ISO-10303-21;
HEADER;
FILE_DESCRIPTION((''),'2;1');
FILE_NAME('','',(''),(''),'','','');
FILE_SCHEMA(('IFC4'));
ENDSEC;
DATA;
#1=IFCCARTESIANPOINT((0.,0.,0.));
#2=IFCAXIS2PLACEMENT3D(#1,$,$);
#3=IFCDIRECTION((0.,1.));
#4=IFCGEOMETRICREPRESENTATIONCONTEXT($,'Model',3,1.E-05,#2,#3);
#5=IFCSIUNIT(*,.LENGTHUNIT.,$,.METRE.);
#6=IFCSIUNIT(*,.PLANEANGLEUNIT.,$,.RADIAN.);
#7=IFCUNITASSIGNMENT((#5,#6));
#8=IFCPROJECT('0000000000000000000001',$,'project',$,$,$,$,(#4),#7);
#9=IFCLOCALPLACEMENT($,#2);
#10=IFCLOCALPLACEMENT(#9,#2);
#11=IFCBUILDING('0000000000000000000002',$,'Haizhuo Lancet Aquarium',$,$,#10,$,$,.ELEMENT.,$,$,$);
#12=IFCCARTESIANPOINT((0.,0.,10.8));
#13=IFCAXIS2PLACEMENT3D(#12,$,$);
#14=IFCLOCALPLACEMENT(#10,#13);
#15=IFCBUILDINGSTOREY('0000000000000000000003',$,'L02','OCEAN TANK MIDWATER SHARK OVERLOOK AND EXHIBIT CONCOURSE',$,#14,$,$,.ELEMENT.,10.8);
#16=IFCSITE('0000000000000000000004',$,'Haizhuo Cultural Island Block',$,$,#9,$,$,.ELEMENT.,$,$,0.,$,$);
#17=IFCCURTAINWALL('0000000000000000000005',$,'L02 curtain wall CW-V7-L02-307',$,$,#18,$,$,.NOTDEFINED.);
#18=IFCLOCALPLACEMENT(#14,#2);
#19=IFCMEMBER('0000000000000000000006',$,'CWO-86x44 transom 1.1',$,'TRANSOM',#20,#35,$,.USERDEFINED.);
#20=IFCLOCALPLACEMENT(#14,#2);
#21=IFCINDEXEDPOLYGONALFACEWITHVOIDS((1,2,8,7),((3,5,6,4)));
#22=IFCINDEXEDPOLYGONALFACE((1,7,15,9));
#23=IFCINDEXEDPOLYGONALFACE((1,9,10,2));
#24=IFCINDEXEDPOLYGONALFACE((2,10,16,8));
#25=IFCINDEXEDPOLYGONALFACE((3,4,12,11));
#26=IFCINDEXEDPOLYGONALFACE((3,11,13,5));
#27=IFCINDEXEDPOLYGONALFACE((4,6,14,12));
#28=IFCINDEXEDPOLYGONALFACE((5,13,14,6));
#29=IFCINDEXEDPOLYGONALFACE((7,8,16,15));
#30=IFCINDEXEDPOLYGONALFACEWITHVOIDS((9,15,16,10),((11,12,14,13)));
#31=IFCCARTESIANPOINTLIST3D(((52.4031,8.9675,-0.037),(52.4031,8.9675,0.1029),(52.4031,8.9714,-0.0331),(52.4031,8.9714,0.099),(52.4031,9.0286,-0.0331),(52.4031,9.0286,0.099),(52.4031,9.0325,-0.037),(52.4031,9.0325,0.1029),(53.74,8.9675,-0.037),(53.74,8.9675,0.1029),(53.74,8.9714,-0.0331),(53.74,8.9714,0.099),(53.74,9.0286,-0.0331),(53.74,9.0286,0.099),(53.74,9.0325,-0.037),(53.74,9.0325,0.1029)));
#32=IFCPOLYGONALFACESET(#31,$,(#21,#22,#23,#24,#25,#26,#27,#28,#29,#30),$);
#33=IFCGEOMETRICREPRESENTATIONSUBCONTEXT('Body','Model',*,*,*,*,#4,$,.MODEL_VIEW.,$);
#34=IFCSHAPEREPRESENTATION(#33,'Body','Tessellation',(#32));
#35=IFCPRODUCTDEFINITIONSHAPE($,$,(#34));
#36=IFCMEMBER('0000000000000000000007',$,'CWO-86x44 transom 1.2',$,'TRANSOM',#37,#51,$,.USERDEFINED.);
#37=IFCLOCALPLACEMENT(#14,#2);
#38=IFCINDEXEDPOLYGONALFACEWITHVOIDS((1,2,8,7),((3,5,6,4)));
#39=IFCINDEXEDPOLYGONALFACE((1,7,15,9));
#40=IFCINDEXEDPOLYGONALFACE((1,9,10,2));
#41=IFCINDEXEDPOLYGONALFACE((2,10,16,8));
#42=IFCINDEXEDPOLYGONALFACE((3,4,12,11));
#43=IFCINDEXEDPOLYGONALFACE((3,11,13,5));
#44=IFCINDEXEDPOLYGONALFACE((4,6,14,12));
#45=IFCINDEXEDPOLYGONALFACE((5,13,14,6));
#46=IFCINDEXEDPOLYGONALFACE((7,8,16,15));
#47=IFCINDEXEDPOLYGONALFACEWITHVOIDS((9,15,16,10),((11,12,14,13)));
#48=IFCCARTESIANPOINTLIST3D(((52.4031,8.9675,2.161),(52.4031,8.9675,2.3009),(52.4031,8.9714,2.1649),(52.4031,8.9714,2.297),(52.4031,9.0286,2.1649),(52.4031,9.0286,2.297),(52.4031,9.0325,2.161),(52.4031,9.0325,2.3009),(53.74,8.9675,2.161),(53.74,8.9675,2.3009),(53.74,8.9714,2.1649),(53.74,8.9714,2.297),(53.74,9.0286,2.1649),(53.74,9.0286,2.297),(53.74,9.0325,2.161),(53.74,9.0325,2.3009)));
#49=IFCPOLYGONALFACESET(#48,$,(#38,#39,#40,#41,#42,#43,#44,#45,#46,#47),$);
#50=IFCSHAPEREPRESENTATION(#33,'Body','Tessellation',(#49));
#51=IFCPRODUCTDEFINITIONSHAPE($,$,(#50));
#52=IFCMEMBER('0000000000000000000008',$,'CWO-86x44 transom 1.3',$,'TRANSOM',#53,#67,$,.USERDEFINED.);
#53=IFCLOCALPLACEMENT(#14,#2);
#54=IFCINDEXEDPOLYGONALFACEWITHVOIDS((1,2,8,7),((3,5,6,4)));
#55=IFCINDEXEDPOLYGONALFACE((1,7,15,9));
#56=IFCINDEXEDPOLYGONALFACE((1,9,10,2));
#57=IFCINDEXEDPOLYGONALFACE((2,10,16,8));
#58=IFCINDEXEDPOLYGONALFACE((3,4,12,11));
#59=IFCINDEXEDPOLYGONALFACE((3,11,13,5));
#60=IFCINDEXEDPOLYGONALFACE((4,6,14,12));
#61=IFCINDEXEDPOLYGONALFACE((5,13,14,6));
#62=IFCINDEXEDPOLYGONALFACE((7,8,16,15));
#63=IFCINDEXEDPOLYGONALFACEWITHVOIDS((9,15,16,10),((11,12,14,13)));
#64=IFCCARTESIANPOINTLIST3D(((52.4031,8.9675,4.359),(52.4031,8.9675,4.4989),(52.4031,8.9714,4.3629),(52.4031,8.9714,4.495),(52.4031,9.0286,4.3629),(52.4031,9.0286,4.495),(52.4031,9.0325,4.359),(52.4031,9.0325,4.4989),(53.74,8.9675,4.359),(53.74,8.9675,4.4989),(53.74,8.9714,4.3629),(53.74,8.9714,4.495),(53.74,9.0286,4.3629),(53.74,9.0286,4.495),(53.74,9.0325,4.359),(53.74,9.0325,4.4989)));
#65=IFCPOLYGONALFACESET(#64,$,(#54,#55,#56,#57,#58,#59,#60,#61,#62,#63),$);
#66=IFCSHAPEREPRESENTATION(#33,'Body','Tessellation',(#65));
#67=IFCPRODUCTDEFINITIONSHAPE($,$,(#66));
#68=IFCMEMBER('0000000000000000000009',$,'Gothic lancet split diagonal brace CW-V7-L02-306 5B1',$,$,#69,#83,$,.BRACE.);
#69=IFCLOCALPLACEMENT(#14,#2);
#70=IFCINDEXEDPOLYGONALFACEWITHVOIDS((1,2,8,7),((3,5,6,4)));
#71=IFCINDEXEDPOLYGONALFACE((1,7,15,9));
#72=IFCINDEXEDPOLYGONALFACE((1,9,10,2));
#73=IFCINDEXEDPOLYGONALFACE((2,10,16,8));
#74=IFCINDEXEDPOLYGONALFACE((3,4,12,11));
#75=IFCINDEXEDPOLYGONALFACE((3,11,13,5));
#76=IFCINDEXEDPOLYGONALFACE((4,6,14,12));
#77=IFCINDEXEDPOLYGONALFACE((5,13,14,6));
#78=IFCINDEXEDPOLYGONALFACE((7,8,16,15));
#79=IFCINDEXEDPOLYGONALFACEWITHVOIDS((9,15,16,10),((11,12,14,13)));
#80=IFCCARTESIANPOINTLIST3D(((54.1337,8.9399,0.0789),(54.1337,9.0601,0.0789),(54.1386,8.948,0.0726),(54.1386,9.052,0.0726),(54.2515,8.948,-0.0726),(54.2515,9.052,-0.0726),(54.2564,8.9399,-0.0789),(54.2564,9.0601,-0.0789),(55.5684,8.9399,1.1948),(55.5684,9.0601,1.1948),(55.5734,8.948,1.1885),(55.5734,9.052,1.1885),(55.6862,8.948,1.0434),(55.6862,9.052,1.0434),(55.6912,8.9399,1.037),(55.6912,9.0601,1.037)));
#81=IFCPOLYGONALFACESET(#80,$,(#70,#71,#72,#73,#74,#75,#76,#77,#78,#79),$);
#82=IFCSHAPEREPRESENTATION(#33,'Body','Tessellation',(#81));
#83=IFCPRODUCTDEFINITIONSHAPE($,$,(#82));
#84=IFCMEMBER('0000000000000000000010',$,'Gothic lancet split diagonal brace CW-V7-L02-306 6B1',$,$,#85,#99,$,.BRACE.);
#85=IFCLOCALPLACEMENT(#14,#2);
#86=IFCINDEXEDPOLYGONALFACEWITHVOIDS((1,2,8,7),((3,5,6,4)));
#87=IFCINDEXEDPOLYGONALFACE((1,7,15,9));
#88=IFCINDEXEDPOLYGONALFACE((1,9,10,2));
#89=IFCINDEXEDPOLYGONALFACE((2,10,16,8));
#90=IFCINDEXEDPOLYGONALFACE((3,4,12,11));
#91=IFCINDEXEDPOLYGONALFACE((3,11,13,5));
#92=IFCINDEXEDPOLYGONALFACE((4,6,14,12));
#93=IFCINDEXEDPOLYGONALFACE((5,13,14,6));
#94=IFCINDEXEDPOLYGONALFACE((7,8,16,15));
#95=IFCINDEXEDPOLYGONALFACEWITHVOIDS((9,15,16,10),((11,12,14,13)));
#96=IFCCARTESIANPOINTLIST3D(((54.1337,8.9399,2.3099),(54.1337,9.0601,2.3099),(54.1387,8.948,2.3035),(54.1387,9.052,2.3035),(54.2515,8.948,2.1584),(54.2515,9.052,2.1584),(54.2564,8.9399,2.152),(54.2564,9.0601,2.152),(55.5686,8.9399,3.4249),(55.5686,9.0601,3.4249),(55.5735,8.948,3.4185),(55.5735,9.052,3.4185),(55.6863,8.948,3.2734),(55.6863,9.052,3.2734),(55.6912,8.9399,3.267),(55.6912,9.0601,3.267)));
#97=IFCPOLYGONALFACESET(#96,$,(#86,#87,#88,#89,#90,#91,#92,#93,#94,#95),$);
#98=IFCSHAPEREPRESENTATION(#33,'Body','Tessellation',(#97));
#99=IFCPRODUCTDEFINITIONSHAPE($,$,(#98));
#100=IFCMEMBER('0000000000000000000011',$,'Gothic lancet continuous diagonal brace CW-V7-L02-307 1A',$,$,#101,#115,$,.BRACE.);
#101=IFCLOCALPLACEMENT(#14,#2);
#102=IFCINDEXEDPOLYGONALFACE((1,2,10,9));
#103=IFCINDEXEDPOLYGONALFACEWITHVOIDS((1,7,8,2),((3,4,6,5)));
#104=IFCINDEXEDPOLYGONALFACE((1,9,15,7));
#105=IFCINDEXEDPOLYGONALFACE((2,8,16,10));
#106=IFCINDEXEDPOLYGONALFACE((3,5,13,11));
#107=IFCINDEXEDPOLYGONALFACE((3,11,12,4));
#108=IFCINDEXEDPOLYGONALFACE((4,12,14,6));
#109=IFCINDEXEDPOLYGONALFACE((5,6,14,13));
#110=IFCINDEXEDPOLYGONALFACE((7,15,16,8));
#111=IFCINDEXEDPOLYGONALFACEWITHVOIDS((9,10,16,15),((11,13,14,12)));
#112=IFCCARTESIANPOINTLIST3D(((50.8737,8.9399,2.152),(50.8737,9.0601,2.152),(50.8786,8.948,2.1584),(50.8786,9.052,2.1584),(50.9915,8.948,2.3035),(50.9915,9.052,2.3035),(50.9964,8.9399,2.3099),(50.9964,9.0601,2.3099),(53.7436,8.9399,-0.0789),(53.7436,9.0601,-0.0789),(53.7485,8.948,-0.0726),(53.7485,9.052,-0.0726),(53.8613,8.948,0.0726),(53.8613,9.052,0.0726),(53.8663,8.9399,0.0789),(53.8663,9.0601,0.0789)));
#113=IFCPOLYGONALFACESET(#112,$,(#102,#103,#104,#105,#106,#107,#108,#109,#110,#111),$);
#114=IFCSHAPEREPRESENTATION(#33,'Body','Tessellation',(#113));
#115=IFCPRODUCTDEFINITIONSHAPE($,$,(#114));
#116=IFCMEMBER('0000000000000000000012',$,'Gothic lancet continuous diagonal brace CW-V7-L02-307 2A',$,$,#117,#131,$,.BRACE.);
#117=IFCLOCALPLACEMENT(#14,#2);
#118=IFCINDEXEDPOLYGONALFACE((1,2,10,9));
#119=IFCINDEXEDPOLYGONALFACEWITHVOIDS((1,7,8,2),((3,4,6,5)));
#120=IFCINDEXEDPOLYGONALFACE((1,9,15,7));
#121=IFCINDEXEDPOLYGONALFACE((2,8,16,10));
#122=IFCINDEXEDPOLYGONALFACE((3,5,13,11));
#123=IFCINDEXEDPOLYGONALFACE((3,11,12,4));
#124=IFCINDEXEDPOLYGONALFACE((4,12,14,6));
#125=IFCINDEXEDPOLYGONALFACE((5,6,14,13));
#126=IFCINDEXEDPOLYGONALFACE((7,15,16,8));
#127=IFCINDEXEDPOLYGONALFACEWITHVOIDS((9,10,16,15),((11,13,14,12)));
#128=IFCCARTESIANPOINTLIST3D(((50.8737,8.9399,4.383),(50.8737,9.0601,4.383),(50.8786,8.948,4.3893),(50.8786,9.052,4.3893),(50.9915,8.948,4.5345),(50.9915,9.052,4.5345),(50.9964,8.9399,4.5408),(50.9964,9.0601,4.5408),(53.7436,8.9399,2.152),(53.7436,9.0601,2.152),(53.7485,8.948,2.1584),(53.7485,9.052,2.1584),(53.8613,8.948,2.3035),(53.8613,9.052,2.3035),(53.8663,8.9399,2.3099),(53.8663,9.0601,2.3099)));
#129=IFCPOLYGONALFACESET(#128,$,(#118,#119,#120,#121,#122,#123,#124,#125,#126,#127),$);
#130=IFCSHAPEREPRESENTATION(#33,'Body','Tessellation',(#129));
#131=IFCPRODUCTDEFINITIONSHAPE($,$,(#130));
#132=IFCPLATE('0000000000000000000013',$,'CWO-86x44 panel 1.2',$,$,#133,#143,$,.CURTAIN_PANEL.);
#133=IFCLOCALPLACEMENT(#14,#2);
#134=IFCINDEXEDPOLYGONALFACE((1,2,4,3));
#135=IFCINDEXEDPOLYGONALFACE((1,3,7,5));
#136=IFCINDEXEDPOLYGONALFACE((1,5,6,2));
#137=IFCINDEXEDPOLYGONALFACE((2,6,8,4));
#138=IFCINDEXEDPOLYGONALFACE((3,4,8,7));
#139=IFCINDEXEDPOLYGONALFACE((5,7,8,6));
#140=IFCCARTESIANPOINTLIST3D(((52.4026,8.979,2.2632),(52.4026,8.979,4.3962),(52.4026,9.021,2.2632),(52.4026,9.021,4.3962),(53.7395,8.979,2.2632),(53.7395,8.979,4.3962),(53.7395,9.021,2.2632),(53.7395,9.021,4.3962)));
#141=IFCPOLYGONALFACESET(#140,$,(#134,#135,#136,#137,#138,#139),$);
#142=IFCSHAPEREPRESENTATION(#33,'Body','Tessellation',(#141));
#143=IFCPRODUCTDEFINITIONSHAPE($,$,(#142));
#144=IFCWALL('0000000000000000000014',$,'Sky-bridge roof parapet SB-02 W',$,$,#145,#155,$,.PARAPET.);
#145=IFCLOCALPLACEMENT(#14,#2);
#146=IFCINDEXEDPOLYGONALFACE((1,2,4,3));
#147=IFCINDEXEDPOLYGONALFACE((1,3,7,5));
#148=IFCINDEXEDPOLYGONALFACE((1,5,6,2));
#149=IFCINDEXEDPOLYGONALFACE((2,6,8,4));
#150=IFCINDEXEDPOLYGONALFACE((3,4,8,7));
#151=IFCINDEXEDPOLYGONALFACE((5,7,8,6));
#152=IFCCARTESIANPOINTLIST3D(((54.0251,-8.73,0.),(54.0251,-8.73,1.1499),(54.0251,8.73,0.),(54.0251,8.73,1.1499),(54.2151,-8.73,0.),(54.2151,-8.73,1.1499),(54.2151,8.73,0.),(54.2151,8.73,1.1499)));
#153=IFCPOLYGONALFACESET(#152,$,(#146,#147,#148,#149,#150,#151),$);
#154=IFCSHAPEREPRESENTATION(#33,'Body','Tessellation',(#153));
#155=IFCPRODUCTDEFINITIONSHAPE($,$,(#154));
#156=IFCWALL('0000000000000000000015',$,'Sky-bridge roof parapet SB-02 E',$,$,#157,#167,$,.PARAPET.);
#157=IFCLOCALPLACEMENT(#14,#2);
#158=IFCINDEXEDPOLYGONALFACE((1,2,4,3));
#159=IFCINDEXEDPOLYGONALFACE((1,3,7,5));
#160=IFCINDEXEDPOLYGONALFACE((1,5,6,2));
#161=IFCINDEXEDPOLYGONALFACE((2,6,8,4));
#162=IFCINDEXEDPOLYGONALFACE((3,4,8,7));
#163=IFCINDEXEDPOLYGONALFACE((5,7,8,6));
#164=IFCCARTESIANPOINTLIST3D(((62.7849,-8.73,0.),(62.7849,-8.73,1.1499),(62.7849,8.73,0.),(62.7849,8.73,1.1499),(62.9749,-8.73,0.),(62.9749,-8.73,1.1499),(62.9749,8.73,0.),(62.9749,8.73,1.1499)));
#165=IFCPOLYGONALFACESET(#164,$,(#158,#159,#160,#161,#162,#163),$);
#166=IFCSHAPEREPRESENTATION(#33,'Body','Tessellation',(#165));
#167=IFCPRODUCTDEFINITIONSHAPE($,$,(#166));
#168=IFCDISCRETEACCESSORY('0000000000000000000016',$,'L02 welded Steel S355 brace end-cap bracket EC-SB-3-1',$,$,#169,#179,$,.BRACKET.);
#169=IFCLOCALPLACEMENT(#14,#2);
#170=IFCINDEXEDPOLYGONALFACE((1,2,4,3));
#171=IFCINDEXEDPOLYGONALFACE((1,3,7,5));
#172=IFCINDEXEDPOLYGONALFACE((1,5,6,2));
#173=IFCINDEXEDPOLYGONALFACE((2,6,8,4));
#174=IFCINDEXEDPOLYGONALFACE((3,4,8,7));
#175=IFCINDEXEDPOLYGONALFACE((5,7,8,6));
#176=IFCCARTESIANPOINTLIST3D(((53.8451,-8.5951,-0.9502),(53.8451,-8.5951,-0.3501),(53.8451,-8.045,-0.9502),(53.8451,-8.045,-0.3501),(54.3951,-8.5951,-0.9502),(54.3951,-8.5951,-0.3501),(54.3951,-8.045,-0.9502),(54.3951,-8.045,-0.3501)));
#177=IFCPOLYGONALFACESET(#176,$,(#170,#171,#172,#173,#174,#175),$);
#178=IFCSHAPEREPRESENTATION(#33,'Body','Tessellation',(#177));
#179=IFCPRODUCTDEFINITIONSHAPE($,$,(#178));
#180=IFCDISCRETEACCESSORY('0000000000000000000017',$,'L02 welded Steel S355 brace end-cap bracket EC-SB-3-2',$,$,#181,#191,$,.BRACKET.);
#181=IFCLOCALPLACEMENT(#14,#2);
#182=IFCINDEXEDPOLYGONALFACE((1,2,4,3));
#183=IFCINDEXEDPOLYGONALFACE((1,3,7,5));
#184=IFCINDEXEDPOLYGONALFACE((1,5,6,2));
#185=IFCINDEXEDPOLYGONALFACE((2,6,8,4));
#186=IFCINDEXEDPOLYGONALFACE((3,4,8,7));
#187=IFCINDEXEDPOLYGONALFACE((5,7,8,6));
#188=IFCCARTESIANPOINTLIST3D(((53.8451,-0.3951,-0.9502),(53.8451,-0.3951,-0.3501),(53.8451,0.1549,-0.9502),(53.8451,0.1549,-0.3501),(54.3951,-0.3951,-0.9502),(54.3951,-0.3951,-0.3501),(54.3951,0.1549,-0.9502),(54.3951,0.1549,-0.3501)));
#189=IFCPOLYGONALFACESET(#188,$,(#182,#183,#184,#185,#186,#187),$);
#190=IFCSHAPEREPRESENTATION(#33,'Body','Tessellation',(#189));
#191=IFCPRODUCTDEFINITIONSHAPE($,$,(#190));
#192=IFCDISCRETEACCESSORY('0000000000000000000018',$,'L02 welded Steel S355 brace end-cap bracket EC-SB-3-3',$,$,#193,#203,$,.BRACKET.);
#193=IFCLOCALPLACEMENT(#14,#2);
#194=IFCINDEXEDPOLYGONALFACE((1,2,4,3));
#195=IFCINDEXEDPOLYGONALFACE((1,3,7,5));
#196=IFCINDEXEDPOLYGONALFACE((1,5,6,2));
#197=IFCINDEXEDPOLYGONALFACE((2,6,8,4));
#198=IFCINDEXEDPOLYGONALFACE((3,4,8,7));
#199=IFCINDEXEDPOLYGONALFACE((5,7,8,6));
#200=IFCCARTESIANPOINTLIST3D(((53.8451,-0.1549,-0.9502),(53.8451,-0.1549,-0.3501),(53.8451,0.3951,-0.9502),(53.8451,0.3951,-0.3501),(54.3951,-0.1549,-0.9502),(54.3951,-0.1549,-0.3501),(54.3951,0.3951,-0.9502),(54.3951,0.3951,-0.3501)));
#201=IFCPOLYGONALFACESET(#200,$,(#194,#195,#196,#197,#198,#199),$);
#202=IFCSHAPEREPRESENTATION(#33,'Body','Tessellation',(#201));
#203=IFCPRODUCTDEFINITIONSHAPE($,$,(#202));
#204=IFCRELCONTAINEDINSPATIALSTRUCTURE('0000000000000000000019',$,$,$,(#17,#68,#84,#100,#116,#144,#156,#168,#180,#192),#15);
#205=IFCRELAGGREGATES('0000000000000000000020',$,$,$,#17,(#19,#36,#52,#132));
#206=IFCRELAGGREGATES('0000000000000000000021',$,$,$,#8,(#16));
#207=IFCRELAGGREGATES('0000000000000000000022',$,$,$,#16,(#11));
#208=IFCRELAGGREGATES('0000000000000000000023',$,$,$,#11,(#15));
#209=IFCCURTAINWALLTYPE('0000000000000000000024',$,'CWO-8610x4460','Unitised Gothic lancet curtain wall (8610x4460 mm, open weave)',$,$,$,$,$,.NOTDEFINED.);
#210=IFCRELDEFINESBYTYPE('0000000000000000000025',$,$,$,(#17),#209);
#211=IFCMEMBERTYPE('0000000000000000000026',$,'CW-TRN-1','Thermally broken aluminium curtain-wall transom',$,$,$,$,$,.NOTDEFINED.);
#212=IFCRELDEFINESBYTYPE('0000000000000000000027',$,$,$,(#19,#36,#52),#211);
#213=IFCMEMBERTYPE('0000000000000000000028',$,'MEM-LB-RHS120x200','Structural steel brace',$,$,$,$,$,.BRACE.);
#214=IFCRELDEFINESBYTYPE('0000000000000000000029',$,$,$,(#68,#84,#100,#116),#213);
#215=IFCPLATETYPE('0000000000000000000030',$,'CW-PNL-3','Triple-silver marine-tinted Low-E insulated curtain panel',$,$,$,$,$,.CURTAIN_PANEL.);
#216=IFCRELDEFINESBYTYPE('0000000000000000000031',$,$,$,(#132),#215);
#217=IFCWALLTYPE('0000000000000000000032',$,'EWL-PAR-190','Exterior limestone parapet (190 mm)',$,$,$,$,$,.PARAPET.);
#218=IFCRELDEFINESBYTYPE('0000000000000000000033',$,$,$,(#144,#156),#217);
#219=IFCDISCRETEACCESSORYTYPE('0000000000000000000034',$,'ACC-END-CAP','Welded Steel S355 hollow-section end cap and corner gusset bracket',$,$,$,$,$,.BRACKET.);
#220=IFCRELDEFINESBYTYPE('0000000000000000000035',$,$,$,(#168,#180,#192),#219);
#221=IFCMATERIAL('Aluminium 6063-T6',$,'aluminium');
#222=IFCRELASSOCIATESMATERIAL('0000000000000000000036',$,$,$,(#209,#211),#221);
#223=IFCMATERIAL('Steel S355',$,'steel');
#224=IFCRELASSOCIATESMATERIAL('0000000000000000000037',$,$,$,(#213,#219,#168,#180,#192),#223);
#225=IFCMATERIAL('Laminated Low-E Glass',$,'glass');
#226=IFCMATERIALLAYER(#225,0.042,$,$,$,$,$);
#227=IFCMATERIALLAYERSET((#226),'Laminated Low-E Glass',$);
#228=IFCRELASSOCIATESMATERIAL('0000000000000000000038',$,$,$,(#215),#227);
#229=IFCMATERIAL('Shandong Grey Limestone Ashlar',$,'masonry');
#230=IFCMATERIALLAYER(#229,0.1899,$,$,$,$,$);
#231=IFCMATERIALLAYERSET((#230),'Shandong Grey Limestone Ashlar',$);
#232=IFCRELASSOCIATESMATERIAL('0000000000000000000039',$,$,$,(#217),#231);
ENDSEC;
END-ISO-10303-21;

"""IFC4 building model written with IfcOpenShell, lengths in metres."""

from ifc_helpers import new_model, si_unit, direction, frame, frame_2d, origin, origin_2d, place, context, subcontext, project, spatial, rectangle, hollow_rectangle, extrude, material, layer, layer_set, material_profile, profile_set, type_object, element, aggregate, save


model = new_model("IFC4")

# Units and contexts
model_context = context("Model", 3, precision=1e-05, world=origin(), true_north=direction((0.0, 1.0)))
body_context = subcontext(model_context, "Body", "Model", "MODEL_VIEW")
ifc_project = project(units=[si_unit("LENGTHUNIT", "METRE"), si_unit("PLANEANGLEUNIT", "RADIAN")], contexts=[model_context])

# Site, building, storey
site_placement = place(None, origin())
site = spatial("IfcSite", under=ifc_project, at=site_placement, Name="Haizhuo Cultural Island Block", CompositionType="ELEMENT", RefElevation=0.0)
building_placement = place(site_placement, origin())
building = spatial("IfcBuilding", under=site, at=building_placement, Name="Haizhuo Lancet Aquarium", CompositionType="ELEMENT")
storey_placement = place(building_placement, frame((0.0, 0.0, 10.8)))
storey = spatial("IfcBuildingStorey", under=building, at=storey_placement, Name="L02", Description="OCEAN TANK MIDWATER SHARK OVERLOOK AND EXHIBIT CONCOURSE", CompositionType="ELEMENT", Elevation=10.8)

# Shared definitions
ifc_material_1 = material(Name="Steel S355", Category="steel")

# Curtain wall
ifc_material_2 = material(Name="Aluminium 6063-T6", Category="aluminium")
curtain_wall_type = type_object("IfcCurtainWallType", Name="CWO-8610x4460", Description="Unitised Gothic lancet curtain wall (8610x4460 mm, open weave)", PredefinedType="NOTDEFINED", material=ifc_material_2)
curtain_wall_1_placement = place(storey_placement, origin())
curtain_wall_1 = element("IfcCurtainWall", 1, at=curtain_wall_1_placement, inside=storey, type_object=curtain_wall_type, Name="L02 curtain wall CW-V7-L02-307", PredefinedType="NOTDEFINED")

# Members
ifc_material_profile_1 = material_profile(ifc_material_2, hollow_rectangle(XDim=0.0649, YDim=0.1399, WallThickness=0.0039, at=origin_2d()), Name="ALU-T 65x140x4")
ifc_profile_set_1 = profile_set([ifc_material_profile_1], Name="Aluminium 6063-T6")
member_type_1 = type_object("IfcMemberType", Name="CW-TRN-1", Description="Thermally broken aluminium curtain-wall transom", PredefinedType="NOTDEFINED", material=ifc_profile_set_1)
member_1_placement = place(storey_placement, frame((53.74, 9.0, 0.033), z_axis=(-1.0, 0.0, 0.0), x_axis=(0.0, -1.0, 0.0)))
member_1 = element("IfcMember", 2, at=member_1_placement, type_object=member_type_1, Name="CWO-86x44 transom 1.1", ObjectType="TRANSOM", PredefinedType="USERDEFINED", context=body_context, shape_type="SweptSolid", body=[
    extrude(hollow_rectangle(XDim=0.0649, YDim=0.1399, WallThickness=0.0039, at=origin_2d()), origin(), (0.0, 0.0, 1.0), 1.3369),
])
member_2_placement = place(storey_placement, frame((53.74, 9.0, 2.231), z_axis=(-1.0, 0.0, 0.0), x_axis=(0.0, -1.0, 0.0)))
member_2 = element("IfcMember", 3, at=member_2_placement, type_object=member_type_1, Name="CWO-86x44 transom 1.2", ObjectType="TRANSOM", PredefinedType="USERDEFINED", context=body_context, shape_type="SweptSolid", body=[
    extrude(hollow_rectangle(XDim=0.0649, YDim=0.1399, WallThickness=0.0039, at=origin_2d()), origin(), (0.0, 0.0, 1.0), 1.3369),
])
member_3_placement = place(storey_placement, frame((53.74, 9.0, 4.429), z_axis=(-1.0, 0.0, 0.0), x_axis=(0.0, -1.0, 0.0)))
member_3 = element("IfcMember", 4, at=member_3_placement, type_object=member_type_1, Name="CWO-86x44 transom 1.3", ObjectType="TRANSOM", PredefinedType="USERDEFINED", context=body_context, shape_type="SweptSolid", body=[
    extrude(hollow_rectangle(XDim=0.0649, YDim=0.1399, WallThickness=0.0039, at=origin_2d()), origin(), (0.0, 0.0, 1.0), 1.3369),
])

# Members
ifc_material_profile_2 = material_profile(ifc_material_1, hollow_rectangle(XDim=0.1201, YDim=0.2, WallThickness=0.0081, at=origin_2d()), Name="RHS 120x200x8")
ifc_profile_set_2 = profile_set([ifc_material_profile_2], Name="Steel S355")
member_type_2 = type_object("IfcMemberType", Name="MEM-LB-RHS120x200", Description="Structural steel brace", PredefinedType="BRACE", material=ifc_profile_set_2)
member_4_placement = place(storey_placement, frame((54.1951, 9.0, 0.0), z_axis=(0.789352, 0.0, 0.613941), x_axis=(0.0, 1.0, 0.0)))
element("IfcMember", 5, at=member_4_placement, inside=storey, type_object=member_type_2, Name="Gothic lancet split diagonal brace CW-V7-L02-306 5B1", PredefinedType="BRACE", context=body_context, shape_type="SweptSolid", body=[
    extrude(hollow_rectangle(XDim=0.1201, YDim=0.2, WallThickness=0.0081, at=origin_2d()), origin(), (0.0, 0.0, 1.0), 1.8176),
])
member_5_placement = place(storey_placement, frame((54.1951, 9.0, 2.231), z_axis=(0.789613, 0.0, 0.613606), x_axis=(0.0, 1.0, 0.0)))
element("IfcMember", 6, at=member_5_placement, inside=storey, type_object=member_type_2, Name="Gothic lancet split diagonal brace CW-V7-L02-306 6B1", PredefinedType="BRACE", context=body_context, shape_type="SweptSolid", body=[
    extrude(hollow_rectangle(XDim=0.1201, YDim=0.2, WallThickness=0.0081, at=origin_2d()), origin(), (0.0, 0.0, 1.0), 1.8171),
])
for number, where, z_axis, x_axis, name in (
    (7, (53.8049, 9.0, 0.0), (-0.789508, 0.0, 0.613741), (0.0, -1.0, 0.0), "Gothic lancet continuous diagonal brace CW-V7-L02-307 1A"),
    (8, (53.8049, 9.0, 2.231), (-0.789508, 0.0, 0.613741), (0.0, -1.0, 0.0), "Gothic lancet continuous diagonal brace CW-V7-L02-307 2A"),
):
    element("IfcMember", number, at=place(storey_placement, frame(where, z_axis=z_axis, x_axis=x_axis)), inside=storey, type_object=member_type_2, Name=name, PredefinedType="BRACE", context=body_context, shape_type="SweptSolid", body=[
        extrude(hollow_rectangle(XDim=0.1201, YDim=0.2, WallThickness=0.0081, at=origin_2d()), origin(), (0.0, 0.0, 1.0), 3.635),
    ])

# Plate
ifc_material_3 = material(Name="Laminated Low-E Glass", Category="glass")
ifc_layer_1 = layer(ifc_material_3, 0.042)
ifc_layer_set_1 = layer_set([ifc_layer_1], Name="Laminated Low-E Glass")
plate_type = type_object("IfcPlateType", Name="CW-PNL-3", Description="Triple-silver marine-tinted Low-E insulated curtain panel", PredefinedType="CURTAIN_PANEL", material=ifc_layer_set_1)
plate_placement = place(storey_placement, frame((53.071, 9.0, 2.2632), z_axis=(0.0, 0.0, 1.0), x_axis=(-1.0, 0.0, 0.0)))
plate = element("IfcPlate", 9, at=plate_placement, type_object=plate_type, Name="CWO-86x44 panel 1.2", PredefinedType="CURTAIN_PANEL", context=body_context, shape_type="SweptSolid", body=[
    extrude(rectangle(XDim=1.3369, YDim=0.042, at=origin_2d()), origin(), (0.0, 0.0, 1.0), 2.1331),
])
aggregate(curtain_wall_1, [member_1, member_2, member_3, plate])

# Walls
ifc_material_4 = material(Name="Shandong Grey Limestone Ashlar", Category="masonry")
ifc_layer_2 = layer(ifc_material_4, 0.1899)
ifc_layer_set_2 = layer_set([ifc_layer_2], Name="Shandong Grey Limestone Ashlar")
wall_type = type_object("IfcWallType", Name="EWL-PAR-190", Description="Exterior limestone parapet (190 mm)", PredefinedType="PARAPET", material=ifc_layer_set_2)
for number, where, z_axis, x_axis, name in (
    (10, (54.1201, -8.73, 0.0), (0.0, 0.0, 1.0), (0.0, 1.0, 0.0), "Sky-bridge roof parapet SB-02 W"),
    (11, (62.8799, -8.73, 0.0), (0.0, 0.0, 1.0), (0.0, 1.0, 0.0), "Sky-bridge roof parapet SB-02 E"),
):
    element("IfcWall", number, at=place(storey_placement, frame(where, z_axis=z_axis, x_axis=x_axis)), inside=storey, type_object=wall_type, Name=name, PredefinedType="PARAPET", context=body_context, shape_type="SweptSolid", body=[
        extrude(rectangle(XDim=17.46, YDim=0.1899, at=frame_2d((8.73, 0.0))), origin(), (0.0, 0.0, 1.0), 1.1499),
    ])

# Discrete accessories
discrete_accessory_type = type_object("IfcDiscreteAccessoryType", Name="ACC-END-CAP", Description="Welded Steel S355 hollow-section end cap and corner gusset bracket", PredefinedType="BRACKET", material=ifc_material_1)
for number, where, z_axis, x_axis, name in (
    (12, (54.1201, -8.3201, -0.9502), (0.0, 0.0, 1.0), (1.0, 0.0, 0.0), "L02 welded Steel S355 brace end-cap bracket EC-SB-3-1"),
    (13, (54.1201, -0.1201, -0.9502), (0.0, 0.0, 1.0), (1.0, 0.0, 0.0), "L02 welded Steel S355 brace end-cap bracket EC-SB-3-2"),
    (14, (54.1201, 0.1201, -0.9502), (0.0, 0.0, 1.0), (1.0, 0.0, 0.0), "L02 welded Steel S355 brace end-cap bracket EC-SB-3-3"),
):
    element("IfcDiscreteAccessory", number, at=place(storey_placement, frame(where, z_axis=z_axis, x_axis=x_axis)), inside=storey, type_object=discrete_accessory_type, material=ifc_material_1, Name=name, PredefinedType="BRACKET", context=body_context, shape_type="SweptSolid", body=[
        extrude(rectangle(XDim=0.55, YDim=0.55, at=origin_2d()), origin(), (0.0, 0.0, 1.0), 0.6001),
    ])

save(model, "model.ifc")
